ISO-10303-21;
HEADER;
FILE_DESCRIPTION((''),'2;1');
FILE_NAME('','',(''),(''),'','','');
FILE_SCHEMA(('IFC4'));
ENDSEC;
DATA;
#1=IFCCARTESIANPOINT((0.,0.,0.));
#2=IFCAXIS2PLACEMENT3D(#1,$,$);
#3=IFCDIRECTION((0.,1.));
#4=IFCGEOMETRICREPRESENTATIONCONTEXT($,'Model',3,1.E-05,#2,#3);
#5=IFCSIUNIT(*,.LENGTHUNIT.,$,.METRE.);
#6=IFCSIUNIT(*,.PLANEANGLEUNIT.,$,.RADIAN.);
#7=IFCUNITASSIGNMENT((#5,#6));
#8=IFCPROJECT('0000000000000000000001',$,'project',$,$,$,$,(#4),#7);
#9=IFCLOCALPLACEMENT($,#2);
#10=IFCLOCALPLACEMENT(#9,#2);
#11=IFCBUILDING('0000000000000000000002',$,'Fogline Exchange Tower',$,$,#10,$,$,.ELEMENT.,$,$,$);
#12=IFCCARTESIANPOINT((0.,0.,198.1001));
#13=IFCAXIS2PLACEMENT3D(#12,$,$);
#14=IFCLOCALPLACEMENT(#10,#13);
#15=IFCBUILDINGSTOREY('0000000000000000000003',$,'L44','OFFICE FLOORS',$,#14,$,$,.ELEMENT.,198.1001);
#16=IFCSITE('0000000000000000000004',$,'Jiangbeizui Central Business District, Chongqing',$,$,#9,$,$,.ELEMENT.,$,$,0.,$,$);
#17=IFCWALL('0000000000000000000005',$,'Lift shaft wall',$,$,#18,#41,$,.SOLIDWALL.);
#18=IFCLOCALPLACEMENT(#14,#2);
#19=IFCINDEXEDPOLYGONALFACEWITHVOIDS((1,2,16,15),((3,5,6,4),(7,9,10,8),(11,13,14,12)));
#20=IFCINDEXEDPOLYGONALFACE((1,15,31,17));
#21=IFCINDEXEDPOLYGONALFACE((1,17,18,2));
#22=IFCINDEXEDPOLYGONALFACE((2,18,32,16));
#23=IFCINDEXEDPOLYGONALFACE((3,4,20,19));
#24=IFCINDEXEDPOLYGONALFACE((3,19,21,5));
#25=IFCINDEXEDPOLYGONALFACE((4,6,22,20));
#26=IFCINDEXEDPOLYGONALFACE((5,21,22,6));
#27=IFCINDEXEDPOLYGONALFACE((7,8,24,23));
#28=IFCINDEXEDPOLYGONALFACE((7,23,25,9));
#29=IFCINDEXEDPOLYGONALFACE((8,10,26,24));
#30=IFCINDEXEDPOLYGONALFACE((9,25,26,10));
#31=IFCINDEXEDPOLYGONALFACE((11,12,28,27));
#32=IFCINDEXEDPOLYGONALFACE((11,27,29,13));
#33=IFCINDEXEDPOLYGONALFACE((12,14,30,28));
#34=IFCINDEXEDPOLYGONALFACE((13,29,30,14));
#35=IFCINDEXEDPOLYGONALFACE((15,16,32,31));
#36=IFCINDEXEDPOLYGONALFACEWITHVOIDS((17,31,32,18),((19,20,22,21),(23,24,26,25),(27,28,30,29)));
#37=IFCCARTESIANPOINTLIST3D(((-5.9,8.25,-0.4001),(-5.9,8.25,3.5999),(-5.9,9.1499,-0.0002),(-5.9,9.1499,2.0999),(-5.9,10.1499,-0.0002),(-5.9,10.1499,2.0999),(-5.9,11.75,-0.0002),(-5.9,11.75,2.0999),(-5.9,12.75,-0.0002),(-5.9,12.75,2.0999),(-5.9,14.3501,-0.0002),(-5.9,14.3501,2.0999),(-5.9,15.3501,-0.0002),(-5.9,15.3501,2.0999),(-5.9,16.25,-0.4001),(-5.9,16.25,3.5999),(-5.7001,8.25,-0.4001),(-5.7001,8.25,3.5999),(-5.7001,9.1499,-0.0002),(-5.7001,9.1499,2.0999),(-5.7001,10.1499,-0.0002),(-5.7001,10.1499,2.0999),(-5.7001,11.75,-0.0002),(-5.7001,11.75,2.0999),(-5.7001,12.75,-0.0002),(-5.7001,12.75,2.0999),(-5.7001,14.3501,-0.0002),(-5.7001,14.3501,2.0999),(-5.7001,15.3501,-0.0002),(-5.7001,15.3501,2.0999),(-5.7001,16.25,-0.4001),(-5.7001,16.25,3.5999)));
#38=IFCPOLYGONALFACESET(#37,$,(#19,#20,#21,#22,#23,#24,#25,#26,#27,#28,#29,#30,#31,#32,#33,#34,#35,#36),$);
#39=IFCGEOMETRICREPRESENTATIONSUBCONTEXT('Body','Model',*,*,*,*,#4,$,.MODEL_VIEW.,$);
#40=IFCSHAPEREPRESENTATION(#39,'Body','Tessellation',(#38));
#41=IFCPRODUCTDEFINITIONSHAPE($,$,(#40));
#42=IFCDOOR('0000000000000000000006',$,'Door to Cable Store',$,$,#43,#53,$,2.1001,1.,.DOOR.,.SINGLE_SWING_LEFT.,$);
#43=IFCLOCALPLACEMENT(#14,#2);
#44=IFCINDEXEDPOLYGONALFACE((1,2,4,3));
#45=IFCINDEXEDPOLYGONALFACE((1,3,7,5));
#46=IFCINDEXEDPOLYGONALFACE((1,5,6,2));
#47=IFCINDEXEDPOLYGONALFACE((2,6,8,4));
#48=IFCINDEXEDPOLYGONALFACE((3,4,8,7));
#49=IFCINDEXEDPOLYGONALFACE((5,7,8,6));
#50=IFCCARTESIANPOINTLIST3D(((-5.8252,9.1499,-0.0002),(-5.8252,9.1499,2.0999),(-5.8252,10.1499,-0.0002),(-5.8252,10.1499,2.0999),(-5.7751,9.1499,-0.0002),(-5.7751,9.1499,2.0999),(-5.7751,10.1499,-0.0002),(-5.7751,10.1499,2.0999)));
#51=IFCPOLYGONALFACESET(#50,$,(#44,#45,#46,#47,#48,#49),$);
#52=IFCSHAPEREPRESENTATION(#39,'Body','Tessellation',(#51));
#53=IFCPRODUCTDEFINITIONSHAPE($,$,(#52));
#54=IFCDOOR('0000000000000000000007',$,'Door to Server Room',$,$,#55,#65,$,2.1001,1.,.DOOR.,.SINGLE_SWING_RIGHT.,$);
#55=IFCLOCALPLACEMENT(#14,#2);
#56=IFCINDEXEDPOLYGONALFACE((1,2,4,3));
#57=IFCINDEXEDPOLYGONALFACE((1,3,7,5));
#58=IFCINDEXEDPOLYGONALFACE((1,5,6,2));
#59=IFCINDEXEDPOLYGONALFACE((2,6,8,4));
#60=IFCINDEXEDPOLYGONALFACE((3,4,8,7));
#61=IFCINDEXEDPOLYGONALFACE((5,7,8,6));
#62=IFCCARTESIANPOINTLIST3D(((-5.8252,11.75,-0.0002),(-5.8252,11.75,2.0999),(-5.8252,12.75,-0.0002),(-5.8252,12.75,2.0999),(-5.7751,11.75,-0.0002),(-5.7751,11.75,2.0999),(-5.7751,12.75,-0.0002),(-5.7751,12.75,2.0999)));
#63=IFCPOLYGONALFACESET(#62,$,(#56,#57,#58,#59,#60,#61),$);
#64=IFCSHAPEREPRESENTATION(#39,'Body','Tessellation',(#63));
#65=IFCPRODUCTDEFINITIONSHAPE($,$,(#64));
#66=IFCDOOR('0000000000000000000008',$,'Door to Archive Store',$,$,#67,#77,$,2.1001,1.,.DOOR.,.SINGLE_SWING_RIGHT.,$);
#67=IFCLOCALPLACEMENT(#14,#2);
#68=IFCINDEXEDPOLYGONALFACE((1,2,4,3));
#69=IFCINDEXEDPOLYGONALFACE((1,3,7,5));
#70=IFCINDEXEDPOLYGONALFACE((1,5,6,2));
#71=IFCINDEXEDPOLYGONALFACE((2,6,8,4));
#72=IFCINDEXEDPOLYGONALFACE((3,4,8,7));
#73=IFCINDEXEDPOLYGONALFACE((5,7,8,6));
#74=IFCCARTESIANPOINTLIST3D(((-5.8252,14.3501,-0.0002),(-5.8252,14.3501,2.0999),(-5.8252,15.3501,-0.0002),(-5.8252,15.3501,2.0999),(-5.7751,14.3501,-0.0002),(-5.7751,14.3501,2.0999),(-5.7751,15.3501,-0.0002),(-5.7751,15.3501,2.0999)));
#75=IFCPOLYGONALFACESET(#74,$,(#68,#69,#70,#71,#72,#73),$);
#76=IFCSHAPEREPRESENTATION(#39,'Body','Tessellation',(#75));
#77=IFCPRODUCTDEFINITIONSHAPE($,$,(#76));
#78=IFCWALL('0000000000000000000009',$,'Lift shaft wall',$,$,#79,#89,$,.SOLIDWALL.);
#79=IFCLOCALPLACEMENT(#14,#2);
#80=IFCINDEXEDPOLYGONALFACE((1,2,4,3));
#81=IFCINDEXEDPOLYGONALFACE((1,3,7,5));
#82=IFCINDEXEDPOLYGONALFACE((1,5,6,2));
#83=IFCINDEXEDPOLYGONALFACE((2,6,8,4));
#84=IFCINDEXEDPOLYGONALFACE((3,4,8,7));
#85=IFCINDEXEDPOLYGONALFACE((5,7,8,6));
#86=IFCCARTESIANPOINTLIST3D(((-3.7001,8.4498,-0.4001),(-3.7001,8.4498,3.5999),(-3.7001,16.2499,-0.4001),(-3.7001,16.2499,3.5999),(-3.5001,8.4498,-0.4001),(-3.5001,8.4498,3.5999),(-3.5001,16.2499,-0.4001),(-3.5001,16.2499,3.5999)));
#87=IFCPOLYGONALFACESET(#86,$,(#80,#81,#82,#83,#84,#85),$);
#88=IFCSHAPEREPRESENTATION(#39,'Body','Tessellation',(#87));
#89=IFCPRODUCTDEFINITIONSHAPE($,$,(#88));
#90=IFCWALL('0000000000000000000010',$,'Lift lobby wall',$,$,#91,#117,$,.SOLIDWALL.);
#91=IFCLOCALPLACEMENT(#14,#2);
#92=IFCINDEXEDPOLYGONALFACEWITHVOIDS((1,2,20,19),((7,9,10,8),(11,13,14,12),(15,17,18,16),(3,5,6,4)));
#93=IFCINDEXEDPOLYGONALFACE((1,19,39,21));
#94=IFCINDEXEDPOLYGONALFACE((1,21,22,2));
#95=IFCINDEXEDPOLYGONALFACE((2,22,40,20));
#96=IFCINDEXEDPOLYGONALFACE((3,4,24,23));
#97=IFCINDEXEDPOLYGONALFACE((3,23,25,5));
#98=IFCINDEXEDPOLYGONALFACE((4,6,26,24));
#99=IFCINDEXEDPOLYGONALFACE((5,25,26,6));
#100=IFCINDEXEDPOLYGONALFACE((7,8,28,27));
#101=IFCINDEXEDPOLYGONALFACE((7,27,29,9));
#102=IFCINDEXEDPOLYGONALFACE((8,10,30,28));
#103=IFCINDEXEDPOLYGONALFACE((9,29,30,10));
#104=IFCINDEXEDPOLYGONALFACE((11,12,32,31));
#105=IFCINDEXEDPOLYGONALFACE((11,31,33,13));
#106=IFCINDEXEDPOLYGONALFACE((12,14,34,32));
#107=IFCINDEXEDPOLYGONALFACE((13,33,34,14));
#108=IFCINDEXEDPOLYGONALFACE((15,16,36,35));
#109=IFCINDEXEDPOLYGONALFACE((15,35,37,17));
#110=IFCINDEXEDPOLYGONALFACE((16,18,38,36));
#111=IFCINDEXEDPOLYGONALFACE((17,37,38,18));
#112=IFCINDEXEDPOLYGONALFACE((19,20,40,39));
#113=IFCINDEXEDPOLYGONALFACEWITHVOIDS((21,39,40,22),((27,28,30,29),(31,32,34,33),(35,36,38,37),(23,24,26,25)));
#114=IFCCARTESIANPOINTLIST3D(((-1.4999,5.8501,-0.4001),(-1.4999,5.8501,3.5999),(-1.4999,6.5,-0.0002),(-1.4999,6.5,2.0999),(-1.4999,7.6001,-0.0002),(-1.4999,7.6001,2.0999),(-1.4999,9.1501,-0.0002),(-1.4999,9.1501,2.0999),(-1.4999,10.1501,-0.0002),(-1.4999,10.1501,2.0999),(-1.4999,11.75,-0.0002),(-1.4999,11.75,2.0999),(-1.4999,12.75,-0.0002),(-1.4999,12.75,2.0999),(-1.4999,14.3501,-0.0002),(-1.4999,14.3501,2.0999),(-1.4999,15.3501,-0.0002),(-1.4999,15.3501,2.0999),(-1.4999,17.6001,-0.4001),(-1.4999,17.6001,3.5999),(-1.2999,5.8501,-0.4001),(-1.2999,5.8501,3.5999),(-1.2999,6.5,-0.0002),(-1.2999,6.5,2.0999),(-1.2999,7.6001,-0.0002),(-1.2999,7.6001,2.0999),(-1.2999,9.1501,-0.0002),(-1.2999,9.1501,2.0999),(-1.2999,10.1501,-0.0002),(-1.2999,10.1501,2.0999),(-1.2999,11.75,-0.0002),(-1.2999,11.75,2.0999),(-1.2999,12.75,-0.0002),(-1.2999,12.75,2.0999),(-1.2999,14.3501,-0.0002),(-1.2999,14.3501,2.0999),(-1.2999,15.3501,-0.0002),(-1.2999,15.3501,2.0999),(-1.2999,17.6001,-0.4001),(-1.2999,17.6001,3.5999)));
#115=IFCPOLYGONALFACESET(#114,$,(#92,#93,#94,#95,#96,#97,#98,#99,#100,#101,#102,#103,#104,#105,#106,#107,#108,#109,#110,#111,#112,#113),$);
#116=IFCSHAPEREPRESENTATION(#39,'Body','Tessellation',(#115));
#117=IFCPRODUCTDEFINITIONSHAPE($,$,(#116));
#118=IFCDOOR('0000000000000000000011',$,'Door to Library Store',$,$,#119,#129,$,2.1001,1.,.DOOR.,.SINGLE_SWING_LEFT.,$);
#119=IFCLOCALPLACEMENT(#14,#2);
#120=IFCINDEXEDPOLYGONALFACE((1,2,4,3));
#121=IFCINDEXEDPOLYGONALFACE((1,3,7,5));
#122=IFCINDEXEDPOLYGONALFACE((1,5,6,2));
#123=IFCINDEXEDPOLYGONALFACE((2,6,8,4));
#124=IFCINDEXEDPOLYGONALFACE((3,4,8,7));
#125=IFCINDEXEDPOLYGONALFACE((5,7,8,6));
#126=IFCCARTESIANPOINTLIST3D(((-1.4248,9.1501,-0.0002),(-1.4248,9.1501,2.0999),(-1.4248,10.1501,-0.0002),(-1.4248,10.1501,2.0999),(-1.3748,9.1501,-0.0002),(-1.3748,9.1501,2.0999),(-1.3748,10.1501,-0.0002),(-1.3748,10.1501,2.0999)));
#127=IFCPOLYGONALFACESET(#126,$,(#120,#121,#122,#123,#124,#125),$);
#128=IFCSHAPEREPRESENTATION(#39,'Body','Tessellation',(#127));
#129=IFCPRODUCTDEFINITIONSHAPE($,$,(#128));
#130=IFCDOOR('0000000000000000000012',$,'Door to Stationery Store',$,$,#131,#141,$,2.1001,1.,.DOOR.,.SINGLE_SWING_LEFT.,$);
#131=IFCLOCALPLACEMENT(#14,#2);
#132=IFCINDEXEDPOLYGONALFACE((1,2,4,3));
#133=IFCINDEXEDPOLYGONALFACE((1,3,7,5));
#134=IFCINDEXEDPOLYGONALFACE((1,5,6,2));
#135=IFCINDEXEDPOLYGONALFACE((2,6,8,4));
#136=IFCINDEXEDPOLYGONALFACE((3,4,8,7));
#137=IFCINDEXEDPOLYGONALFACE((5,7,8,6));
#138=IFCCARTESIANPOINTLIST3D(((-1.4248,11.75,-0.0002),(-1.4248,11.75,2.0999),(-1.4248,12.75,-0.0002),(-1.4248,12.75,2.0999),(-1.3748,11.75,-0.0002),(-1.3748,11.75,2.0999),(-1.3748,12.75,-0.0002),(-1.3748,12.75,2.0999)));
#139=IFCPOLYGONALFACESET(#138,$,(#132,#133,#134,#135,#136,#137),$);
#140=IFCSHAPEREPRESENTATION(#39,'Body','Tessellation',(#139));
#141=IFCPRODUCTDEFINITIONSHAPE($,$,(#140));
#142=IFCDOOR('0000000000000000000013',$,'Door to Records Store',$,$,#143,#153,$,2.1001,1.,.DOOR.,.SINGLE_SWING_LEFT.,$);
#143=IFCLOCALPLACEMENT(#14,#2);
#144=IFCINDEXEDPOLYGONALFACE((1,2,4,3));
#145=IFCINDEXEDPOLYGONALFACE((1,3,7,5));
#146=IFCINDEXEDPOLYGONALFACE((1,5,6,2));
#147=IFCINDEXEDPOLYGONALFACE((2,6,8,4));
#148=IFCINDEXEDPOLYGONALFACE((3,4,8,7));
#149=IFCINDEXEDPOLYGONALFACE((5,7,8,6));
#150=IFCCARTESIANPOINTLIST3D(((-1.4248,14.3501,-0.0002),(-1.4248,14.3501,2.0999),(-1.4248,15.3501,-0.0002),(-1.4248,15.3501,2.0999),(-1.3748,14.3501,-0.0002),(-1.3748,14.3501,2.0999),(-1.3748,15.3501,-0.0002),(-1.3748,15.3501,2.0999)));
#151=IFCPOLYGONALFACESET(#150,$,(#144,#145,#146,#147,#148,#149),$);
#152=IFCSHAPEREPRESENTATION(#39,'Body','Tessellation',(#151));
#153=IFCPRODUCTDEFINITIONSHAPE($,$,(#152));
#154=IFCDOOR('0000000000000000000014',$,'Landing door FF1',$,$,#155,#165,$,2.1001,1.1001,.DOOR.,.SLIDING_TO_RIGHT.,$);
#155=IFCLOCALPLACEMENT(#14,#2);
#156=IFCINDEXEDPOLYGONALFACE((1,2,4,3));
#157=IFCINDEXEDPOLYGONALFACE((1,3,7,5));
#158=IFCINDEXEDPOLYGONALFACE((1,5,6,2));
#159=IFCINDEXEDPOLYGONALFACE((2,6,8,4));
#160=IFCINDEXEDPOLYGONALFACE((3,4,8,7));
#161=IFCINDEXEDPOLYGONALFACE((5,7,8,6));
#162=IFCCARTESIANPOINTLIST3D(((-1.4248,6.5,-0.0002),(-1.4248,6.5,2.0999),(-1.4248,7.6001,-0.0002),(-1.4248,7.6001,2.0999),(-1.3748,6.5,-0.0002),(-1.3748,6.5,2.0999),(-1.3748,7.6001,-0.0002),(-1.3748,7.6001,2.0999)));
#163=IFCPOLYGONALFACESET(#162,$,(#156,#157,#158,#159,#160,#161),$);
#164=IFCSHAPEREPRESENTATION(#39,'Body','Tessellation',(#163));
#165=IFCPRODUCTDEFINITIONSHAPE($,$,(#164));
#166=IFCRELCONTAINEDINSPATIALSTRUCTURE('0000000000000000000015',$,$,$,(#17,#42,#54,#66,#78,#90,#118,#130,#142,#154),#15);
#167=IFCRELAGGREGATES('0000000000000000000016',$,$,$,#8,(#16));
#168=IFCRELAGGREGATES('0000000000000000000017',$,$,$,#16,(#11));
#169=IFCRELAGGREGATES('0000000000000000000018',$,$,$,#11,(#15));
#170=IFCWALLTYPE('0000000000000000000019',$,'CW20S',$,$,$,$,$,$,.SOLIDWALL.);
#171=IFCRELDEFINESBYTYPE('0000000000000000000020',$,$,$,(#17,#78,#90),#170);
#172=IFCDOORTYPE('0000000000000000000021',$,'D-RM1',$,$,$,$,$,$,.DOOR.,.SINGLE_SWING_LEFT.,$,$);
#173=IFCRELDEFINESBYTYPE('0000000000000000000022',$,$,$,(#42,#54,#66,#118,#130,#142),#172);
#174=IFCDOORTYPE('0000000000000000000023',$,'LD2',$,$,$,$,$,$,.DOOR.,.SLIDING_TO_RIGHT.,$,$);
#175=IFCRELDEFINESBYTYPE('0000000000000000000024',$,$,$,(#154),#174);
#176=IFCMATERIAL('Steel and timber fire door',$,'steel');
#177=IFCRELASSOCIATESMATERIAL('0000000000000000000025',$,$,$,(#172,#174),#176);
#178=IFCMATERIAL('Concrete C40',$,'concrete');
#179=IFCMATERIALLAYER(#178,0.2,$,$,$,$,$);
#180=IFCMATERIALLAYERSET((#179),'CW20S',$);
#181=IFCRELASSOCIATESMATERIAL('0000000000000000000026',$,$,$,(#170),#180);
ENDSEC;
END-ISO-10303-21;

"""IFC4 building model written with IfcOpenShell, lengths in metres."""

from ifc_helpers import new_model, si_unit, direction, frame, frame_2d, origin, place, context, subcontext, project, spatial, rectangle, extrude, material, layer, layer_set, type_object, element, fill, save


model = new_model("IFC4")

# Units and contexts
model_context = context("Model", 3, precision=1e-05, world=origin(), true_north=direction((0.0, 1.0)))
body_context = subcontext(model_context, "Body", "Model", "MODEL_VIEW")
ifc_project = project(units=[si_unit("LENGTHUNIT", "METRE"), si_unit("PLANEANGLEUNIT", "RADIAN")], contexts=[model_context])

# Site, building, storey
site_placement = place(None, origin())
site = spatial("IfcSite", under=ifc_project, at=site_placement, Name="Jiangbeizui Central Business District, Chongqing", CompositionType="ELEMENT", RefElevation=0.0)
building_placement = place(site_placement, origin())
building = spatial("IfcBuilding", under=site, at=building_placement, Name="Fogline Exchange Tower", CompositionType="ELEMENT")
storey_placement = place(building_placement, frame((0.0, 0.0, 198.1001)))
storey = spatial("IfcBuildingStorey", under=building, at=storey_placement, Name="L44", Description="OFFICE FLOORS", CompositionType="ELEMENT", Elevation=198.1001)

# Shared definitions
ifc_material_1 = material(Name="Steel and timber fire door", Category="steel")

# Shared definitions
ifc_material_2 = material(Name="Concrete C40", Category="concrete")

# Shared definitions
door_type_1 = type_object("IfcDoorType", Name="D-RM1", OperationType="SINGLE_SWING_LEFT", PredefinedType="DOOR", material=ifc_material_1)

# Wall, openings, doors
ifc_layer_1 = layer(ifc_material_2, 0.2)
ifc_layer_set_1 = layer_set([ifc_layer_1], Name="CW20S")
wall_type_1 = type_object("IfcWallType", Name="CW20S", PredefinedType="SOLIDWALL", material=ifc_layer_set_1)
wall_1_placement = place(storey_placement, frame((-5.8, 8.25, -0.4001), z_axis=(0.0, 0.0, 1.0), x_axis=(0.0, 1.0, 0.0)))
wall_1 = element("IfcWall", 1, at=wall_1_placement, inside=storey, type_object=wall_type_1, Name="Lift shaft wall", PredefinedType="SOLIDWALL", context=body_context, shape_type="SweptSolid", body=[
    extrude(rectangle(XDim=8.0, YDim=0.2, at=frame_2d((4.0, 0.0))), origin(), (0.0, 0.0, 1.0), 4.0),
])
opening_1_placement = place(wall_1_placement, frame((0.8999, 0.0, 0.3999)))
opening_1 = element("IfcOpeningElement", 2, at=opening_1_placement, cuts=wall_1, PredefinedType="OPENING", context=body_context, shape_type="SweptSolid", body=[
    extrude(rectangle(XDim=1.0, YDim=2.1001, at=frame_2d((0.5, 1.05))), frame((0.0, 0.1099, 0.0), z_axis=(0.0, -1.0, 0.0), x_axis=(1.0, 0.0, 0.0)), (0.0, 0.0, 1.0), 0.22),
])
opening_2_placement = place(wall_1_placement, frame((3.5, 0.0, 0.3999)))
opening_2 = element("IfcOpeningElement", 3, at=opening_2_placement, cuts=wall_1, PredefinedType="OPENING", context=body_context, shape_type="SweptSolid", body=[
    extrude(rectangle(XDim=1.0, YDim=2.1001, at=frame_2d((0.5, 1.05))), frame((0.0, 0.1099, 0.0), z_axis=(0.0, -1.0, 0.0), x_axis=(1.0, 0.0, 0.0)), (0.0, 0.0, 1.0), 0.22),
])
opening_3_placement = place(wall_1_placement, frame((6.1001, 0.0, 0.3999)))
opening_3 = element("IfcOpeningElement", 4, at=opening_3_placement, cuts=wall_1, PredefinedType="OPENING", context=body_context, shape_type="SweptSolid", body=[
    extrude(rectangle(XDim=1.0, YDim=2.1001, at=frame_2d((0.5, 1.05))), frame((0.0, 0.1099, 0.0), z_axis=(0.0, -1.0, 0.0), x_axis=(1.0, 0.0, 0.0)), (0.0, 0.0, 1.0), 0.22),
])
door_1_placement = place(opening_1_placement, frame((1.0, 0.0, 0.0), z_axis=(0.0, 0.0, 1.0), x_axis=(-1.0, 0.0, 0.0)))
door_1 = element("IfcDoor", 5, at=door_1_placement, inside=storey, type_object=door_type_1, Name="Door to Cable Store", OperationType="SINGLE_SWING_LEFT", OverallHeight=2.1001, OverallWidth=1.0, PredefinedType="DOOR", context=body_context, shape_type="SweptSolid", body=[
    extrude(rectangle(XDim=1.0, YDim=2.1001, at=frame_2d((0.5, 1.05))), frame((0.0, 0.0249, 0.0), z_axis=(0.0, -1.0, 0.0), x_axis=(1.0, 0.0, 0.0)), (0.0, 0.0, 1.0), 0.05),
])
fill(opening_1, door_1)
door_2_placement = place(opening_2_placement, frame((1.0, 0.0, 0.0), z_axis=(0.0, 0.0, 1.0), x_axis=(-1.0, 0.0, 0.0)))
door_2 = element("IfcDoor", 6, at=door_2_placement, inside=storey, type_object=door_type_1, Name="Door to Server Room", OperationType="SINGLE_SWING_RIGHT", OverallHeight=2.1001, OverallWidth=1.0, PredefinedType="DOOR", context=body_context, shape_type="SweptSolid", body=[
    extrude(rectangle(XDim=1.0, YDim=2.1001, at=frame_2d((0.5, 1.05))), frame((0.0, 0.0249, 0.0), z_axis=(0.0, -1.0, 0.0), x_axis=(1.0, 0.0, 0.0)), (0.0, 0.0, 1.0), 0.05),
])
fill(opening_2, door_2)
door_3_placement = place(opening_3_placement, frame((1.0, 0.0, 0.0), z_axis=(0.0, 0.0, 1.0), x_axis=(-1.0, 0.0, 0.0)))
door_3 = element("IfcDoor", 7, at=door_3_placement, inside=storey, type_object=door_type_1, Name="Door to Archive Store", OperationType="SINGLE_SWING_RIGHT", OverallHeight=2.1001, OverallWidth=1.0, PredefinedType="DOOR", context=body_context, shape_type="SweptSolid", body=[
    extrude(rectangle(XDim=1.0, YDim=2.1001, at=frame_2d((0.5, 1.05))), frame((0.0, 0.0249, 0.0), z_axis=(0.0, -1.0, 0.0), x_axis=(1.0, 0.0, 0.0)), (0.0, 0.0, 1.0), 0.05),
])
fill(opening_3, door_3)

# Wall
wall_2_placement = place(storey_placement, frame((-3.6001, 8.45, -0.4001), z_axis=(0.0, 0.0, 1.0), x_axis=(0.0, 1.0, 0.0)))
element("IfcWall", 8, at=wall_2_placement, inside=storey, type_object=wall_type_1, Name="Lift shaft wall", PredefinedType="SOLIDWALL", context=body_context, shape_type="SweptSolid", body=[
    extrude(rectangle(XDim=7.8, YDim=0.2, at=frame_2d((3.8999, 0.0))), origin(), (0.0, 0.0, 1.0), 4.0),
])

# Wall, openings, doors
wall_3_placement = place(storey_placement, frame((-1.3999, 5.8501, -0.4001), z_axis=(0.0, 0.0, 1.0), x_axis=(0.0, 1.0, 0.0)))
wall_3 = element("IfcWall", 9, at=wall_3_placement, inside=storey, type_object=wall_type_1, Name="Lift lobby wall", PredefinedType="SOLIDWALL", context=body_context, shape_type="SweptSolid", body=[
    extrude(rectangle(XDim=11.75, YDim=0.2, at=frame_2d((5.875, 0.0))), origin(), (0.0, 0.0, 1.0), 4.0),
])
opening_4_placement = place(wall_3_placement, frame((0.6499, 0.0, 0.3999)))
opening_4 = element("IfcOpeningElement", 10, at=opening_4_placement, cuts=wall_3, PredefinedType="OPENING", context=body_context, shape_type="SweptSolid", body=[
    extrude(rectangle(XDim=1.1001, YDim=2.1001, at=frame_2d((0.55, 1.05))), frame((0.0, 0.1099, 0.0), z_axis=(0.0, -1.0, 0.0), x_axis=(1.0, 0.0, 0.0)), (0.0, 0.0, 1.0), 0.22),
])
opening_5_placement = place(wall_3_placement, frame((3.3, 0.0, 0.3999)))
opening_5 = element("IfcOpeningElement", 11, at=opening_5_placement, cuts=wall_3, PredefinedType="OPENING", context=body_context, shape_type="SweptSolid", body=[
    extrude(rectangle(XDim=1.0, YDim=2.1001, at=frame_2d((0.5, 1.05))), frame((0.0, 0.1099, 0.0), z_axis=(0.0, -1.0, 0.0), x_axis=(1.0, 0.0, 0.0)), (0.0, 0.0, 1.0), 0.22),
])
opening_6_placement = place(wall_3_placement, frame((5.8999, 0.0, 0.3999)))
opening_6 = element("IfcOpeningElement", 12, at=opening_6_placement, cuts=wall_3, PredefinedType="OPENING", context=body_context, shape_type="SweptSolid", body=[
    extrude(rectangle(XDim=1.0, YDim=2.1001, at=frame_2d((0.5, 1.05))), frame((0.0, 0.1099, 0.0), z_axis=(0.0, -1.0, 0.0), x_axis=(1.0, 0.0, 0.0)), (0.0, 0.0, 1.0), 0.22),
])
opening_7_placement = place(wall_3_placement, frame((8.5, 0.0, 0.3999)))
opening_7 = element("IfcOpeningElement", 13, at=opening_7_placement, cuts=wall_3, PredefinedType="OPENING", context=body_context, shape_type="SweptSolid", body=[
    extrude(rectangle(XDim=1.0, YDim=2.1001, at=frame_2d((0.5, 1.05))), frame((0.0, 0.1099, 0.0), z_axis=(0.0, -1.0, 0.0), x_axis=(1.0, 0.0, 0.0)), (0.0, 0.0, 1.0), 0.22),
])
door_4_placement = place(opening_5_placement, origin())
door_4 = element("IfcDoor", 14, at=door_4_placement, inside=storey, type_object=door_type_1, Name="Door to Library Store", OperationType="SINGLE_SWING_LEFT", OverallHeight=2.1001, OverallWidth=1.0, PredefinedType="DOOR", context=body_context, shape_type="SweptSolid", body=[
    extrude(rectangle(XDim=1.0, YDim=2.1001, at=frame_2d((0.5, 1.05))), frame((0.0, 0.0249, 0.0), z_axis=(0.0, -1.0, 0.0), x_axis=(1.0, 0.0, 0.0)), (0.0, 0.0, 1.0), 0.05),
])
fill(opening_5, door_4)
door_5_placement = place(opening_6_placement, origin())
door_5 = element("IfcDoor", 15, at=door_5_placement, inside=storey, type_object=door_type_1, Name="Door to Stationery Store", OperationType="SINGLE_SWING_LEFT", OverallHeight=2.1001, OverallWidth=1.0, PredefinedType="DOOR", context=body_context, shape_type="SweptSolid", body=[
    extrude(rectangle(XDim=1.0, YDim=2.1001, at=frame_2d((0.5, 1.05))), frame((0.0, 0.0249, 0.0), z_axis=(0.0, -1.0, 0.0), x_axis=(1.0, 0.0, 0.0)), (0.0, 0.0, 1.0), 0.05),
])
fill(opening_6, door_5)
door_6_placement = place(opening_7_placement, origin())
door_6 = element("IfcDoor", 16, at=door_6_placement, inside=storey, type_object=door_type_1, Name="Door to Records Store", OperationType="SINGLE_SWING_LEFT", OverallHeight=2.1001, OverallWidth=1.0, PredefinedType="DOOR", context=body_context, shape_type="SweptSolid", body=[
    extrude(rectangle(XDim=1.0, YDim=2.1001, at=frame_2d((0.5, 1.05))), frame((0.0, 0.0249, 0.0), z_axis=(0.0, -1.0, 0.0), x_axis=(1.0, 0.0, 0.0)), (0.0, 0.0, 1.0), 0.05),
])
fill(opening_7, door_6)
door_type_2 = type_object("IfcDoorType", Name="LD2", OperationType="SLIDING_TO_RIGHT", PredefinedType="DOOR", material=ifc_material_1)
door_7_placement = place(opening_4_placement, origin())
door_7 = element("IfcDoor", 17, at=door_7_placement, inside=storey, type_object=door_type_2, Name="Landing door FF1", OperationType="SLIDING_TO_RIGHT", OverallHeight=2.1001, OverallWidth=1.1001, PredefinedType="DOOR", context=body_context, shape_type="SweptSolid", body=[
    extrude(rectangle(XDim=1.1001, YDim=2.1001, at=frame_2d((0.55, 1.05))), frame((0.0, 0.0249, 0.0), z_axis=(0.0, -1.0, 0.0), x_axis=(1.0, 0.0, 0.0)), (0.0, 0.0, 1.0), 0.05),
])
fill(opening_4, door_7)

save(model, "model.ifc")
